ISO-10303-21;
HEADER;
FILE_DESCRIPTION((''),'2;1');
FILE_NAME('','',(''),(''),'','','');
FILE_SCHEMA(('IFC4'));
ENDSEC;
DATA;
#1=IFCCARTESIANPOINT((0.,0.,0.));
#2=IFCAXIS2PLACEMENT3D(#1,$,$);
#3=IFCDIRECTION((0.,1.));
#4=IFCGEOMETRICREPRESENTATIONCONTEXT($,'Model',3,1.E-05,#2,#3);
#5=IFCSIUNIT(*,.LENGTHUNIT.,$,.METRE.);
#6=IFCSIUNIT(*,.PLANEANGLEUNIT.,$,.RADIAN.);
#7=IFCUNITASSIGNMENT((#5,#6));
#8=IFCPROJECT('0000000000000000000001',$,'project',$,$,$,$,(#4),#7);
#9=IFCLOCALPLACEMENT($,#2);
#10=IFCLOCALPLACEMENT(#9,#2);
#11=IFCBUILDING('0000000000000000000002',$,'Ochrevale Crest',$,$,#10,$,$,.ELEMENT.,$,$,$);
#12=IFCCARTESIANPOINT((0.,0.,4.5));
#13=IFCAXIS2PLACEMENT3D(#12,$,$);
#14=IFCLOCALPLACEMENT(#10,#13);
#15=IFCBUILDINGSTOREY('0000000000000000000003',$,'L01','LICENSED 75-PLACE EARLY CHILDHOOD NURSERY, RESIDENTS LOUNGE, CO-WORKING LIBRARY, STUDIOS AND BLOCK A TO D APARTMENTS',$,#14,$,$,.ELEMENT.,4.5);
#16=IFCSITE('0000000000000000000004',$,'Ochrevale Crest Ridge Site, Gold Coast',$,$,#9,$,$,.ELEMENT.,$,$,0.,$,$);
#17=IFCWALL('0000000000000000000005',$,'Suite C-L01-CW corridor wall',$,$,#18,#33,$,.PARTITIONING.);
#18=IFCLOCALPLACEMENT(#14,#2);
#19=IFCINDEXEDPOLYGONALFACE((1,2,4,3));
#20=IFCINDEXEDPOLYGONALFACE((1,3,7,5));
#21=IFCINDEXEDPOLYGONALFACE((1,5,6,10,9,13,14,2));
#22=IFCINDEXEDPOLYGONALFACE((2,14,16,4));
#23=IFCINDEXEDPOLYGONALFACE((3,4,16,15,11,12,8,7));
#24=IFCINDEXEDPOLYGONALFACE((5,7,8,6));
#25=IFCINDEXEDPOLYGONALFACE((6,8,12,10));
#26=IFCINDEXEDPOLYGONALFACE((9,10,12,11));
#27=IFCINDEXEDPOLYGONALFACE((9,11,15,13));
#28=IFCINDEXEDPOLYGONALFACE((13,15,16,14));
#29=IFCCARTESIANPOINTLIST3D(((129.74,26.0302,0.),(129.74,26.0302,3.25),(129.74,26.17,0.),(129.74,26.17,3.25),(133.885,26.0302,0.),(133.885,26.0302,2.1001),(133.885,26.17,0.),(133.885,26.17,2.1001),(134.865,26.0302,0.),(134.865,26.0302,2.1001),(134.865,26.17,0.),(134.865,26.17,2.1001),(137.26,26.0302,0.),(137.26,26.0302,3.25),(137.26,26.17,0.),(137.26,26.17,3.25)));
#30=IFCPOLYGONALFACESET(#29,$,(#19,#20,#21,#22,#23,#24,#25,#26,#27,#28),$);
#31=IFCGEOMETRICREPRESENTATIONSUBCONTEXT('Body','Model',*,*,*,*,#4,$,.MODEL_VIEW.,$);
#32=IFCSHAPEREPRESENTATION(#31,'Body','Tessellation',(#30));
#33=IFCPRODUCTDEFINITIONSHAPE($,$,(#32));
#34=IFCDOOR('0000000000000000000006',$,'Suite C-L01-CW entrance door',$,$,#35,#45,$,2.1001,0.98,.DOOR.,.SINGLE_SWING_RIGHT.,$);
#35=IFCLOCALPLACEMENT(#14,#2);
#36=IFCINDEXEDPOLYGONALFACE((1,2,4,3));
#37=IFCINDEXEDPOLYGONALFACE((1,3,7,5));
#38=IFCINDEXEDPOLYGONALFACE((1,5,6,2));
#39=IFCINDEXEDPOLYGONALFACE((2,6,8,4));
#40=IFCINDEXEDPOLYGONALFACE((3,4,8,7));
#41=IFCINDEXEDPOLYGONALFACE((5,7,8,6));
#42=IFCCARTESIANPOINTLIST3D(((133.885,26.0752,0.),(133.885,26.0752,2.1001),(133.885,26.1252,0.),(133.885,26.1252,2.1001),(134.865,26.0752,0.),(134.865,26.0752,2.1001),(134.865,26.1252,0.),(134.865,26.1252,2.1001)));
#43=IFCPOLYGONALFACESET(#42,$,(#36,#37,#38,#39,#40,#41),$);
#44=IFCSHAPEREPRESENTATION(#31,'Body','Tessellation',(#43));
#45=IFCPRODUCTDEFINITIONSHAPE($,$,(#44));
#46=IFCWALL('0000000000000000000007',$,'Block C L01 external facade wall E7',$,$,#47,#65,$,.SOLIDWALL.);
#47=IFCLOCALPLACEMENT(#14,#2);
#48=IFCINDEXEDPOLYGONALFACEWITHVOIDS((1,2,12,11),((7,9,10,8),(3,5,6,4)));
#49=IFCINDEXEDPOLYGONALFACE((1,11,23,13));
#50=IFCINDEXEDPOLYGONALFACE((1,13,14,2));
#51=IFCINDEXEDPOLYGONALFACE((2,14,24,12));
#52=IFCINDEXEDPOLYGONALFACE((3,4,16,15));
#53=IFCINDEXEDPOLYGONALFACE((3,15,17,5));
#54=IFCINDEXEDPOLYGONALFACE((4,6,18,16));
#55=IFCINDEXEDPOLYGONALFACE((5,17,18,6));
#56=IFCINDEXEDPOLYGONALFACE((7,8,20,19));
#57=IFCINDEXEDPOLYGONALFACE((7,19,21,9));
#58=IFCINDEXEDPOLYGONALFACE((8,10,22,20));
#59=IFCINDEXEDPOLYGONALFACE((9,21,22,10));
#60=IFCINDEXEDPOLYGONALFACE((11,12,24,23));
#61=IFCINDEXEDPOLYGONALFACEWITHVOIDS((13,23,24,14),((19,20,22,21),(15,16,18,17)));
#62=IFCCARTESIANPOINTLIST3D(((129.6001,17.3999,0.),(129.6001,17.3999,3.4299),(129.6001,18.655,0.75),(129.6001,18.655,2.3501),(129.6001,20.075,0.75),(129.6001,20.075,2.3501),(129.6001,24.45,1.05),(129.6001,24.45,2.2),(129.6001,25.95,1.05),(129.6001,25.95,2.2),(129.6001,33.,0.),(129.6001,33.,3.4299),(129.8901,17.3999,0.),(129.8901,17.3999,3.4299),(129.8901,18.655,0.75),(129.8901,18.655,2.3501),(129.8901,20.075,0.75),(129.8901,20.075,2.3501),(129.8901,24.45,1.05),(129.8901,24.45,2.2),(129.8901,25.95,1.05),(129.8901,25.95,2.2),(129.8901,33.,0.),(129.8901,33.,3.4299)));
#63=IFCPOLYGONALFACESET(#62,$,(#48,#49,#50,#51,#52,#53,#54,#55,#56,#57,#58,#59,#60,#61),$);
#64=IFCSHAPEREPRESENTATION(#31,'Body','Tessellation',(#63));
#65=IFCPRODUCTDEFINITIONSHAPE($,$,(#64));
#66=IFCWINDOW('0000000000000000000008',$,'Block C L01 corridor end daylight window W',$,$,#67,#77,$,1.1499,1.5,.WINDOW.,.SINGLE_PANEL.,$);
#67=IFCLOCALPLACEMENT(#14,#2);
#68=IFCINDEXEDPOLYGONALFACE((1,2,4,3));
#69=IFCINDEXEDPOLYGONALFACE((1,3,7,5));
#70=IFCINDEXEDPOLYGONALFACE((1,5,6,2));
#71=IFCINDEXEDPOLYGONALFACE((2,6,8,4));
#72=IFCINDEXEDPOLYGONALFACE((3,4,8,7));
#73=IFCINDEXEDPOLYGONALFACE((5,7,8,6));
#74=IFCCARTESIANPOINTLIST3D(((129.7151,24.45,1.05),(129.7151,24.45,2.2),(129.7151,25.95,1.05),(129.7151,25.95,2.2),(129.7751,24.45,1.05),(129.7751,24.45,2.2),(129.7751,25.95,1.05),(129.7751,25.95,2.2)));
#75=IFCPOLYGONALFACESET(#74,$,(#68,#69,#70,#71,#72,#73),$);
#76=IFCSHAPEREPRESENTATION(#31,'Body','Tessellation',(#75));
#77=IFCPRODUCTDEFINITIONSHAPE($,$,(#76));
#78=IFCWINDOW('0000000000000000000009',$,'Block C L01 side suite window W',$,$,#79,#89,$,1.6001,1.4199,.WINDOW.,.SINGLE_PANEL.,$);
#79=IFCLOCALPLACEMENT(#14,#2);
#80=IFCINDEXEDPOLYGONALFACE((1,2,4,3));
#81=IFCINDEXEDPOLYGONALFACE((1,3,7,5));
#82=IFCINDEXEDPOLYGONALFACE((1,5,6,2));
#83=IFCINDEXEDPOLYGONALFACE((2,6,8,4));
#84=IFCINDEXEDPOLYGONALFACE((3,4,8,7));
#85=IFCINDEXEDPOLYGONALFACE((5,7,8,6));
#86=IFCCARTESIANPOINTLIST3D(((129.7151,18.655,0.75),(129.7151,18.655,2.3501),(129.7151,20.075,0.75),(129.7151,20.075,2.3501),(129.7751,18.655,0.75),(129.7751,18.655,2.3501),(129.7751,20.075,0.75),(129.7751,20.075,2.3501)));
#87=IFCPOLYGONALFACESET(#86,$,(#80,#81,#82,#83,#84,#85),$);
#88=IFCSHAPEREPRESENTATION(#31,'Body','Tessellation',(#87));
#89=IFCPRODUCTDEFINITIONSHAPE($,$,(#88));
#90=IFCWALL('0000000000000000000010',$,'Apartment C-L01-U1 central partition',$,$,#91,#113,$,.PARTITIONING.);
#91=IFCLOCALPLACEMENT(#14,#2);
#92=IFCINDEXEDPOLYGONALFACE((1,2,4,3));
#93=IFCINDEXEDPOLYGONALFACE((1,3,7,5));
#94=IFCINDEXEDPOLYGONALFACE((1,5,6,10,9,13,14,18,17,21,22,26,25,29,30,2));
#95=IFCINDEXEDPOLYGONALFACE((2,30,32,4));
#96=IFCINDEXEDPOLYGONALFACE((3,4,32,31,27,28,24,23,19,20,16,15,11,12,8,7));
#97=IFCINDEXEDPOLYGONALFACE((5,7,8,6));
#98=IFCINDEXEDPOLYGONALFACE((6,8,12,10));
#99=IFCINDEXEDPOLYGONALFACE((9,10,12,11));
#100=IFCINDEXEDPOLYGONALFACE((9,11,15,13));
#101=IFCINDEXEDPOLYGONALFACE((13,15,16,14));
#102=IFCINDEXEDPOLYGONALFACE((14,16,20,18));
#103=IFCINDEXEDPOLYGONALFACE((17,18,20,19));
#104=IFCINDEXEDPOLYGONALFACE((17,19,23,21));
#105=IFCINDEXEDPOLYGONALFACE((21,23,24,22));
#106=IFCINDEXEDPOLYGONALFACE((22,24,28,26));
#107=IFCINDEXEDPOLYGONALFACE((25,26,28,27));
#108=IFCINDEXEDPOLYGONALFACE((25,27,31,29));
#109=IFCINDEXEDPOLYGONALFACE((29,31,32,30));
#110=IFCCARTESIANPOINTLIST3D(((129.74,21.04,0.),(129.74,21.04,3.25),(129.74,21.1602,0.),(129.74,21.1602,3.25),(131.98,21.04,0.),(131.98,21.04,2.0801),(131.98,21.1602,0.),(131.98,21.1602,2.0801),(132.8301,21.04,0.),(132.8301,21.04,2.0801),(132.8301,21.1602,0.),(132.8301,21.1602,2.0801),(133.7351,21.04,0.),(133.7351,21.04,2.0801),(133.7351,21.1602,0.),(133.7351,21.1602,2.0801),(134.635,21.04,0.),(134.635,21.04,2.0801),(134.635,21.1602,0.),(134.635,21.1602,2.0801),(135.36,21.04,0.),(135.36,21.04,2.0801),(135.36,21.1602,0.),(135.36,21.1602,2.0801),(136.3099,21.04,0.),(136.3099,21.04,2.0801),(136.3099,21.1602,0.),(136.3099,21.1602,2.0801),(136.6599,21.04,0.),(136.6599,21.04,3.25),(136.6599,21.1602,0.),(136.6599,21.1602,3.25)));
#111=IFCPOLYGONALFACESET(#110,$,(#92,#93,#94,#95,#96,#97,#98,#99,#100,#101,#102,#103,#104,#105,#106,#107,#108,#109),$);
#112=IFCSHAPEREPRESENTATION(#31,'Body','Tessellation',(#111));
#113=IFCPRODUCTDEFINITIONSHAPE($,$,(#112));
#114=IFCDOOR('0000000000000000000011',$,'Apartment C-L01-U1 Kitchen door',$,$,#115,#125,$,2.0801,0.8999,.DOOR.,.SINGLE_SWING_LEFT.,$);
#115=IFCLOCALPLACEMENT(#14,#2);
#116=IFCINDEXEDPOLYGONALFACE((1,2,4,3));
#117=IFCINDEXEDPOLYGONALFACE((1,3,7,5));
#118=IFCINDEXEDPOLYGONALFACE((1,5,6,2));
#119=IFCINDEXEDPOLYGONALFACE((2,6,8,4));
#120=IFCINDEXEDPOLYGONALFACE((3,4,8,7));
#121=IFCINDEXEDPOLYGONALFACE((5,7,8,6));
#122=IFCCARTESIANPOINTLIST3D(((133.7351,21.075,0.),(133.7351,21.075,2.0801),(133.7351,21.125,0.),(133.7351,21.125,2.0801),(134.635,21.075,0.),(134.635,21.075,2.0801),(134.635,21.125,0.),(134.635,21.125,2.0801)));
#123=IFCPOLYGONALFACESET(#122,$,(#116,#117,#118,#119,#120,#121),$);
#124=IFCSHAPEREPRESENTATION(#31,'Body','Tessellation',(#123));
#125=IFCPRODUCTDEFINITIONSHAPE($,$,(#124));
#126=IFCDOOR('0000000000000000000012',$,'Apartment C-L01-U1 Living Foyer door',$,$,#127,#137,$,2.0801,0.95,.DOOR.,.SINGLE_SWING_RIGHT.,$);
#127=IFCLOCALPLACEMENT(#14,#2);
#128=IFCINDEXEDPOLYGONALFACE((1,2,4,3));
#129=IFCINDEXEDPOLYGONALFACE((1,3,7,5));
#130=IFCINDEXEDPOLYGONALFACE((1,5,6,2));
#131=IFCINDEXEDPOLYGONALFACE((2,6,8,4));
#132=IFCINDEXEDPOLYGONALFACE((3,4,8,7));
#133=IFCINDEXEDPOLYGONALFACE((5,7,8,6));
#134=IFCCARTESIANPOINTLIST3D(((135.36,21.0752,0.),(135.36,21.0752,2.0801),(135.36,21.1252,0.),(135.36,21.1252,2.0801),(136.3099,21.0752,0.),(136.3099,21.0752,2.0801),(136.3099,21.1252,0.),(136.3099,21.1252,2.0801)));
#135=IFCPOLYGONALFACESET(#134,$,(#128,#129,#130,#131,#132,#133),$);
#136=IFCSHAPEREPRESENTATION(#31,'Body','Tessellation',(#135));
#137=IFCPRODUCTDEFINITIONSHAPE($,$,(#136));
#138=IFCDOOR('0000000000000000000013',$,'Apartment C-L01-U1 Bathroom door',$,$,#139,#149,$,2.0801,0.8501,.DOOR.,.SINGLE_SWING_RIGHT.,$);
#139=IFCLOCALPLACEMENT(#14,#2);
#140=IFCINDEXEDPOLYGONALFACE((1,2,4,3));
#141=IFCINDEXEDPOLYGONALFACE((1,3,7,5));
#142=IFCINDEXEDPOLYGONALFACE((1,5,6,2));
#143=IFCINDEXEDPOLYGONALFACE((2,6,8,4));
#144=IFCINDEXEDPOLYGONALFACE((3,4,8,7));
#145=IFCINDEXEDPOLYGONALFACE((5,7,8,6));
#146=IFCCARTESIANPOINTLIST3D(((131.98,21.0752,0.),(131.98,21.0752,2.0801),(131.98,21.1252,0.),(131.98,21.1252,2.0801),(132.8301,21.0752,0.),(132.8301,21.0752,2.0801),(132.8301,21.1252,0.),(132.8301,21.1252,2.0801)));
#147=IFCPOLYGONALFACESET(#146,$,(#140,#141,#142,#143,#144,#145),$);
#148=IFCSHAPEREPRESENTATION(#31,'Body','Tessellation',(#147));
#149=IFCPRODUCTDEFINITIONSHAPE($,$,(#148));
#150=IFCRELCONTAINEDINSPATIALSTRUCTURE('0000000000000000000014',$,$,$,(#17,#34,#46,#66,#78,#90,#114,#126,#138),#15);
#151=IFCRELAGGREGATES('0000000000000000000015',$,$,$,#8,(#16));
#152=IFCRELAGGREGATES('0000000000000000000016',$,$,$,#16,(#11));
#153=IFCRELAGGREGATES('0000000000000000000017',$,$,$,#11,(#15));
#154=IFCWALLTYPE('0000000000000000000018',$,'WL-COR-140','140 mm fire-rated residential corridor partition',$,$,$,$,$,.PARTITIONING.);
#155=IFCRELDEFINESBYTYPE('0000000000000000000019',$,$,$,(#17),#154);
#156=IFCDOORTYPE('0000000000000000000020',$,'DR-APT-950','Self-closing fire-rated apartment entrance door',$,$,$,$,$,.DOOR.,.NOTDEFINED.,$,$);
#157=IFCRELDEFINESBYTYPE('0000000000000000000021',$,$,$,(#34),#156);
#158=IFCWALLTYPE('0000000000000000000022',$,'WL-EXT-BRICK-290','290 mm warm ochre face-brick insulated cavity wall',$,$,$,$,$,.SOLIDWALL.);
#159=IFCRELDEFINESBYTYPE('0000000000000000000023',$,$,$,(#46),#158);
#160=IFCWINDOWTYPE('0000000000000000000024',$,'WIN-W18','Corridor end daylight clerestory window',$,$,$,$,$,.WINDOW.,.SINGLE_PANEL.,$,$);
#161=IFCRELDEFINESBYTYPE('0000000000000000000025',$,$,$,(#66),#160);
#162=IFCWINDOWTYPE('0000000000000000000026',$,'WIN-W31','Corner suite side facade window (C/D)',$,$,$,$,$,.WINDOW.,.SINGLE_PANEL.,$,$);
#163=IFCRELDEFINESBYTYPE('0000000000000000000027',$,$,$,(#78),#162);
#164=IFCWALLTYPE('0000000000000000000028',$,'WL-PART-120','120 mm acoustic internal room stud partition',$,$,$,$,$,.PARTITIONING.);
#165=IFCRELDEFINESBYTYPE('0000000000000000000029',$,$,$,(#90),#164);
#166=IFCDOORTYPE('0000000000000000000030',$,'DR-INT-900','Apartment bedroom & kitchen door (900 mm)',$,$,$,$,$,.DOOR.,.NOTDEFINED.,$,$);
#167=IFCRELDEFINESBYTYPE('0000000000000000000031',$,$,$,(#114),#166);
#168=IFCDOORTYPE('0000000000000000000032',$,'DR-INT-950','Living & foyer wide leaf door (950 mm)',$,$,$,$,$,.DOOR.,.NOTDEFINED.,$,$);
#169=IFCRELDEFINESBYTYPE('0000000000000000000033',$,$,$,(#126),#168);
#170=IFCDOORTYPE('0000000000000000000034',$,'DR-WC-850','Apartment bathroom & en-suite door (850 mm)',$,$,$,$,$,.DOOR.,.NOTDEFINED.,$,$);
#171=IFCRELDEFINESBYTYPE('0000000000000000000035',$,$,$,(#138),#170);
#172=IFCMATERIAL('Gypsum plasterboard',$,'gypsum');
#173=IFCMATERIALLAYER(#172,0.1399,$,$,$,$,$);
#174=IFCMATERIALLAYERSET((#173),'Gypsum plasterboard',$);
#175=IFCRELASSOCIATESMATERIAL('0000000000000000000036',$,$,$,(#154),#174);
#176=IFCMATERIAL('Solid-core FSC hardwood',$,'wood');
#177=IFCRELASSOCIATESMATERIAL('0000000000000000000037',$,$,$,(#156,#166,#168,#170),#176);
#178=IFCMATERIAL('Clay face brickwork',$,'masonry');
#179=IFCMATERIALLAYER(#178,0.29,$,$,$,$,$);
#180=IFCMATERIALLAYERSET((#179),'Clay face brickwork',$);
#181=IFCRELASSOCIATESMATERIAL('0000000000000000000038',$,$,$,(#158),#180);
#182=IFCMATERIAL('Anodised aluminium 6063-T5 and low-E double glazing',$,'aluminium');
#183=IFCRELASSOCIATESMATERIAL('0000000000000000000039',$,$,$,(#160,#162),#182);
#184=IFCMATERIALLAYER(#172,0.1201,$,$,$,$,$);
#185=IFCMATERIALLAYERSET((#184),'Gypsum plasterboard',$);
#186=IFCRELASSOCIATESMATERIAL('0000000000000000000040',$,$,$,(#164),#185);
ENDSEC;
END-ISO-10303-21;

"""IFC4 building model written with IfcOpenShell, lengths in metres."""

from ifc_helpers import new_model, si_unit, direction, frame, frame_2d, origin, place, context, subcontext, project, spatial, rectangle, extrude, material, layer, layer_set, type_object, element, fill, save


model = new_model("IFC4")

# Units and contexts
model_context = context("Model", 3, precision=1e-05, world=origin(), true_north=direction((0.0, 1.0)))
body_context = subcontext(model_context, "Body", "Model", "MODEL_VIEW")
ifc_project = project(units=[si_unit("LENGTHUNIT", "METRE"), si_unit("PLANEANGLEUNIT", "RADIAN")], contexts=[model_context])

# Site, building, storey
site_placement = place(None, origin())
site = spatial("IfcSite", under=ifc_project, at=site_placement, Name="Ochrevale Crest Ridge Site, Gold Coast", CompositionType="ELEMENT", RefElevation=0.0)
building_placement = place(site_placement, origin())
building = spatial("IfcBuilding", under=site, at=building_placement, Name="Ochrevale Crest", CompositionType="ELEMENT")
storey_placement = place(building_placement, frame((0.0, 0.0, 4.5)))
storey = spatial("IfcBuildingStorey", under=building, at=storey_placement, Name="L01", Description="LICENSED 75-PLACE EARLY CHILDHOOD NURSERY, RESIDENTS LOUNGE, CO-WORKING LIBRARY, STUDIOS AND BLOCK A TO D APARTMENTS", CompositionType="ELEMENT", Elevation=4.5)

# Wall, opening, door
ifc_material_1 = material(Name="Gypsum plasterboard", Category="gypsum")
ifc_layer_1 = layer(ifc_material_1, 0.1399)
ifc_layer_set_1 = layer_set([ifc_layer_1], Name="Gypsum plasterboard")
wall_type_1 = type_object("IfcWallType", Name="WL-COR-140", Description="140 mm fire-rated residential corridor partition", PredefinedType="PARTITIONING", material=ifc_layer_set_1)
ifc_material_2 = material(Name="Solid-core FSC hardwood", Category="wood")
door_type_1 = type_object("IfcDoorType", Name="DR-APT-950", Description="Self-closing fire-rated apartment entrance door", OperationType="NOTDEFINED", PredefinedType="DOOR", material=ifc_material_2)
wall_1_placement = place(storey_placement, frame((129.74, 26.1001, 0.0), z_axis=(0.0, 0.0, 1.0), x_axis=(1.0, 0.0, 0.0)))
wall_1 = element("IfcWall", 1, at=wall_1_placement, inside=storey, type_object=wall_type_1, Name="Suite C-L01-CW corridor wall", PredefinedType="PARTITIONING", context=body_context, shape_type="SweptSolid", body=[
    extrude(rectangle(XDim=7.52, YDim=0.1399, at=frame_2d((3.76, 0.0))), origin(), (0.0, 0.0, 1.0), 3.25),
])
opening_1_placement = place(wall_1_placement, frame((5.125, 0.0, 0.0), z_axis=(0.0, 0.0, 1.0), x_axis=(-1.0, 0.0, 0.0)))
opening_1 = element("IfcOpeningElement", 2, at=opening_1_placement, cuts=wall_1, PredefinedType="OPENING", context=body_context, shape_type="SweptSolid", body=[
    extrude(rectangle(XDim=0.98, YDim=2.1001, at=frame_2d((0.49, 1.05))), frame((0.0, 0.0801, 0.0), z_axis=(0.0, -1.0, 0.0), x_axis=(1.0, 0.0, 0.0)), (0.0, 0.0, 1.0), 0.1599),
])
door_1_placement = place(opening_1_placement, origin())
door_1 = element("IfcDoor", 3, at=door_1_placement, inside=storey, type_object=door_type_1, Name="Suite C-L01-CW entrance door", OperationType="SINGLE_SWING_RIGHT", OverallHeight=2.1001, OverallWidth=0.98, PredefinedType="DOOR", context=body_context, shape_type="SweptSolid", body=[
    extrude(rectangle(XDim=0.98, YDim=2.1001, at=frame_2d((0.49, 1.05))), frame((0.0, 0.0249, 0.0), z_axis=(0.0, -1.0, 0.0), x_axis=(1.0, 0.0, 0.0)), (0.0, 0.0, 1.0), 0.05),
])
fill(opening_1, door_1)

# Wall, openings, windows
ifc_material_3 = material(Name="Clay face brickwork", Category="masonry")
ifc_layer_2 = layer(ifc_material_3, 0.29)
ifc_layer_set_2 = layer_set([ifc_layer_2], Name="Clay face brickwork")
wall_type_2 = type_object("IfcWallType", Name="WL-EXT-BRICK-290", Description="290 mm warm ochre face-brick insulated cavity wall", PredefinedType="SOLIDWALL", material=ifc_layer_set_2)
wall_2_placement = place(storey_placement, frame((129.7451, 33.0, 0.0), z_axis=(0.0, 0.0, 1.0), x_axis=(0.0, -1.0, 0.0)))
wall_2 = element("IfcWall", 4, at=wall_2_placement, inside=storey, type_object=wall_type_2, Name="Block C L01 external facade wall E7", PredefinedType="SOLIDWALL", context=body_context, shape_type="SweptSolid", body=[
    extrude(rectangle(XDim=15.6001, YDim=0.29, at=frame_2d((7.8, 0.0))), origin(), (0.0, 0.0, 1.0), 3.4299),
])
opening_2_placement = place(wall_2_placement, frame((7.05, 0.0, 1.05)))
opening_2 = element("IfcOpeningElement", 5, at=opening_2_placement, cuts=wall_2, PredefinedType="OPENING", context=body_context, shape_type="SweptSolid", body=[
    extrude(rectangle(XDim=1.5, YDim=1.1499, at=frame_2d((0.75, 0.575))), frame((0.0, 0.155, 0.0), z_axis=(0.0, -1.0, 0.0), x_axis=(1.0, 0.0, 0.0)), (0.0, 0.0, 1.0), 0.3101),
])
opening_3_placement = place(wall_2_placement, frame((12.925, 0.0, 0.75)))
opening_3 = element("IfcOpeningElement", 6, at=opening_3_placement, cuts=wall_2, PredefinedType="OPENING", context=body_context, shape_type="SweptSolid", body=[
    extrude(rectangle(XDim=1.4199, YDim=1.6001, at=frame_2d((0.71, 0.8))), frame((0.0, 0.155, 0.0), z_axis=(0.0, -1.0, 0.0), x_axis=(1.0, 0.0, 0.0)), (0.0, 0.0, 1.0), 0.3101),
])
ifc_material_4 = material(Name="Anodised aluminium 6063-T5 and low-E double glazing", Category="aluminium")
window_type_1 = type_object("IfcWindowType", Name="WIN-W18", Description="Corridor end daylight clerestory window", PartitioningType="SINGLE_PANEL", PredefinedType="WINDOW", material=ifc_material_4)
window_1_placement = place(opening_2_placement, origin())
window_1 = element("IfcWindow", 7, at=window_1_placement, inside=storey, type_object=window_type_1, Name="Block C L01 corridor end daylight window W", OverallHeight=1.1499, OverallWidth=1.5, PartitioningType="SINGLE_PANEL", PredefinedType="WINDOW", context=body_context, shape_type="SweptSolid", body=[
    extrude(rectangle(XDim=1.5, YDim=1.1499, at=frame_2d((0.75, 0.575))), frame((0.0, 0.03, 0.0), z_axis=(0.0, -1.0, 0.0), x_axis=(1.0, 0.0, 0.0)), (0.0, 0.0, 1.0), 0.0601),
])
fill(opening_2, window_1)
window_type_2 = type_object("IfcWindowType", Name="WIN-W31", Description="Corner suite side facade window (C/D)", PartitioningType="SINGLE_PANEL", PredefinedType="WINDOW", material=ifc_material_4)
window_2_placement = place(opening_3_placement, origin())
window_2 = element("IfcWindow", 8, at=window_2_placement, inside=storey, type_object=window_type_2, Name="Block C L01 side suite window W", OverallHeight=1.6001, OverallWidth=1.4199, PartitioningType="SINGLE_PANEL", PredefinedType="WINDOW", context=body_context, shape_type="SweptSolid", body=[
    extrude(rectangle(XDim=1.4199, YDim=1.6001, at=frame_2d((0.71, 0.8))), frame((0.0, 0.03, 0.0), z_axis=(0.0, -1.0, 0.0), x_axis=(1.0, 0.0, 0.0)), (0.0, 0.0, 1.0), 0.0601),
])
fill(opening_3, window_2)

# Wall, openings, doors
ifc_layer_3 = layer(ifc_material_1, 0.1201)
ifc_layer_set_3 = layer_set([ifc_layer_3], Name="Gypsum plasterboard")
wall_type_3 = type_object("IfcWallType", Name="WL-PART-120", Description="120 mm acoustic internal room stud partition", PredefinedType="PARTITIONING", material=ifc_layer_set_3)
wall_3_placement = place(storey_placement, frame((129.74, 21.1001, 0.0), z_axis=(0.0, 0.0, 1.0), x_axis=(1.0, 0.0, 0.0)))
wall_3 = element("IfcWall", 9, at=wall_3_placement, inside=storey, type_object=wall_type_3, Name="Apartment C-L01-U1 central partition", PredefinedType="PARTITIONING", context=body_context, shape_type="SweptSolid", body=[
    extrude(rectangle(XDim=6.9199, YDim=0.1201, at=frame_2d((3.46, 0.0))), origin(), (0.0, 0.0, 1.0), 3.25),
])
opening_4_placement = place(wall_3_placement, frame((3.0901, 0.0, 0.0), z_axis=(0.0, 0.0, 1.0), x_axis=(-1.0, 0.0, 0.0)))
opening_4 = element("IfcOpeningElement", 10, at=opening_4_placement, cuts=wall_3, PredefinedType="OPENING", context=body_context, shape_type="SweptSolid", body=[
    extrude(rectangle(XDim=0.8501, YDim=2.0801, at=frame_2d((0.425, 1.04))), frame((0.0, 0.0701, 0.0), z_axis=(0.0, -1.0, 0.0), x_axis=(1.0, 0.0, 0.0)), (0.0, 0.0, 1.0), 0.1401),
])
opening_5_placement = place(wall_3_placement, frame((3.9951, 0.0, 0.0)))
opening_5 = element("IfcOpeningElement", 11, at=opening_5_placement, cuts=wall_3, PredefinedType="OPENING", context=body_context, shape_type="SweptSolid", body=[
    extrude(rectangle(XDim=0.8999, YDim=2.0801, at=frame_2d((0.45, 1.04))), frame((0.0, 0.0701, 0.0), z_axis=(0.0, -1.0, 0.0), x_axis=(1.0, 0.0, 0.0)), (0.0, 0.0, 1.0), 0.1401),
])
opening_6_placement = place(wall_3_placement, frame((6.5701, 0.0, 0.0), z_axis=(0.0, 0.0, 1.0), x_axis=(-1.0, 0.0, 0.0)))
opening_6 = element("IfcOpeningElement", 12, at=opening_6_placement, cuts=wall_3, PredefinedType="OPENING", context=body_context, shape_type="SweptSolid", body=[
    extrude(rectangle(XDim=0.95, YDim=2.0801, at=frame_2d((0.4751, 1.04))), frame((0.0, 0.0701, 0.0), z_axis=(0.0, -1.0, 0.0), x_axis=(1.0, 0.0, 0.0)), (0.0, 0.0, 1.0), 0.1401),
])
door_type_2 = type_object("IfcDoorType", Name="DR-INT-900", Description="Apartment bedroom & kitchen door (900 mm)", OperationType="NOTDEFINED", PredefinedType="DOOR", material=ifc_material_2)
door_2_placement = place(opening_5_placement, origin())
door_2 = element("IfcDoor", 13, at=door_2_placement, inside=storey, type_object=door_type_2, Name="Apartment C-L01-U1 Kitchen door", OperationType="SINGLE_SWING_LEFT", OverallHeight=2.0801, OverallWidth=0.8999, PredefinedType="DOOR", context=body_context, shape_type="SweptSolid", body=[
    extrude(rectangle(XDim=0.8999, YDim=2.0801, at=frame_2d((0.45, 1.04))), frame((0.0, 0.0249, 0.0), z_axis=(0.0, -1.0, 0.0), x_axis=(1.0, 0.0, 0.0)), (0.0, 0.0, 1.0), 0.05),
])
fill(opening_5, door_2)
door_type_3 = type_object("IfcDoorType", Name="DR-INT-950", Description="Living & foyer wide leaf door (950 mm)", OperationType="NOTDEFINED", PredefinedType="DOOR", material=ifc_material_2)
door_3_placement = place(opening_6_placement, origin())
door_3 = element("IfcDoor", 14, at=door_3_placement, inside=storey, type_object=door_type_3, Name="Apartment C-L01-U1 Living Foyer door", OperationType="SINGLE_SWING_RIGHT", OverallHeight=2.0801, OverallWidth=0.95, PredefinedType="DOOR", context=body_context, shape_type="SweptSolid", body=[
    extrude(rectangle(XDim=0.95, YDim=2.0801, at=frame_2d((0.4751, 1.04))), frame((0.0, 0.0249, 0.0), z_axis=(0.0, -1.0, 0.0), x_axis=(1.0, 0.0, 0.0)), (0.0, 0.0, 1.0), 0.05),
])
fill(opening_6, door_3)
door_type_4 = type_object("IfcDoorType", Name="DR-WC-850", Description="Apartment bathroom & en-suite door (850 mm)", OperationType="NOTDEFINED", PredefinedType="DOOR", material=ifc_material_2)
door_4_placement = place(opening_4_placement, origin())
door_4 = element("IfcDoor", 15, at=door_4_placement, inside=storey, type_object=door_type_4, Name="Apartment C-L01-U1 Bathroom door", OperationType="SINGLE_SWING_RIGHT", OverallHeight=2.0801, OverallWidth=0.8501, PredefinedType="DOOR", context=body_context, shape_type="SweptSolid", body=[
    extrude(rectangle(XDim=0.8501, YDim=2.0801, at=frame_2d((0.425, 1.04))), frame((0.0, 0.0249, 0.0), z_axis=(0.0, -1.0, 0.0), x_axis=(1.0, 0.0, 0.0)), (0.0, 0.0, 1.0), 0.05),
])
fill(opening_4, door_4)

save(model, "model.ifc")
